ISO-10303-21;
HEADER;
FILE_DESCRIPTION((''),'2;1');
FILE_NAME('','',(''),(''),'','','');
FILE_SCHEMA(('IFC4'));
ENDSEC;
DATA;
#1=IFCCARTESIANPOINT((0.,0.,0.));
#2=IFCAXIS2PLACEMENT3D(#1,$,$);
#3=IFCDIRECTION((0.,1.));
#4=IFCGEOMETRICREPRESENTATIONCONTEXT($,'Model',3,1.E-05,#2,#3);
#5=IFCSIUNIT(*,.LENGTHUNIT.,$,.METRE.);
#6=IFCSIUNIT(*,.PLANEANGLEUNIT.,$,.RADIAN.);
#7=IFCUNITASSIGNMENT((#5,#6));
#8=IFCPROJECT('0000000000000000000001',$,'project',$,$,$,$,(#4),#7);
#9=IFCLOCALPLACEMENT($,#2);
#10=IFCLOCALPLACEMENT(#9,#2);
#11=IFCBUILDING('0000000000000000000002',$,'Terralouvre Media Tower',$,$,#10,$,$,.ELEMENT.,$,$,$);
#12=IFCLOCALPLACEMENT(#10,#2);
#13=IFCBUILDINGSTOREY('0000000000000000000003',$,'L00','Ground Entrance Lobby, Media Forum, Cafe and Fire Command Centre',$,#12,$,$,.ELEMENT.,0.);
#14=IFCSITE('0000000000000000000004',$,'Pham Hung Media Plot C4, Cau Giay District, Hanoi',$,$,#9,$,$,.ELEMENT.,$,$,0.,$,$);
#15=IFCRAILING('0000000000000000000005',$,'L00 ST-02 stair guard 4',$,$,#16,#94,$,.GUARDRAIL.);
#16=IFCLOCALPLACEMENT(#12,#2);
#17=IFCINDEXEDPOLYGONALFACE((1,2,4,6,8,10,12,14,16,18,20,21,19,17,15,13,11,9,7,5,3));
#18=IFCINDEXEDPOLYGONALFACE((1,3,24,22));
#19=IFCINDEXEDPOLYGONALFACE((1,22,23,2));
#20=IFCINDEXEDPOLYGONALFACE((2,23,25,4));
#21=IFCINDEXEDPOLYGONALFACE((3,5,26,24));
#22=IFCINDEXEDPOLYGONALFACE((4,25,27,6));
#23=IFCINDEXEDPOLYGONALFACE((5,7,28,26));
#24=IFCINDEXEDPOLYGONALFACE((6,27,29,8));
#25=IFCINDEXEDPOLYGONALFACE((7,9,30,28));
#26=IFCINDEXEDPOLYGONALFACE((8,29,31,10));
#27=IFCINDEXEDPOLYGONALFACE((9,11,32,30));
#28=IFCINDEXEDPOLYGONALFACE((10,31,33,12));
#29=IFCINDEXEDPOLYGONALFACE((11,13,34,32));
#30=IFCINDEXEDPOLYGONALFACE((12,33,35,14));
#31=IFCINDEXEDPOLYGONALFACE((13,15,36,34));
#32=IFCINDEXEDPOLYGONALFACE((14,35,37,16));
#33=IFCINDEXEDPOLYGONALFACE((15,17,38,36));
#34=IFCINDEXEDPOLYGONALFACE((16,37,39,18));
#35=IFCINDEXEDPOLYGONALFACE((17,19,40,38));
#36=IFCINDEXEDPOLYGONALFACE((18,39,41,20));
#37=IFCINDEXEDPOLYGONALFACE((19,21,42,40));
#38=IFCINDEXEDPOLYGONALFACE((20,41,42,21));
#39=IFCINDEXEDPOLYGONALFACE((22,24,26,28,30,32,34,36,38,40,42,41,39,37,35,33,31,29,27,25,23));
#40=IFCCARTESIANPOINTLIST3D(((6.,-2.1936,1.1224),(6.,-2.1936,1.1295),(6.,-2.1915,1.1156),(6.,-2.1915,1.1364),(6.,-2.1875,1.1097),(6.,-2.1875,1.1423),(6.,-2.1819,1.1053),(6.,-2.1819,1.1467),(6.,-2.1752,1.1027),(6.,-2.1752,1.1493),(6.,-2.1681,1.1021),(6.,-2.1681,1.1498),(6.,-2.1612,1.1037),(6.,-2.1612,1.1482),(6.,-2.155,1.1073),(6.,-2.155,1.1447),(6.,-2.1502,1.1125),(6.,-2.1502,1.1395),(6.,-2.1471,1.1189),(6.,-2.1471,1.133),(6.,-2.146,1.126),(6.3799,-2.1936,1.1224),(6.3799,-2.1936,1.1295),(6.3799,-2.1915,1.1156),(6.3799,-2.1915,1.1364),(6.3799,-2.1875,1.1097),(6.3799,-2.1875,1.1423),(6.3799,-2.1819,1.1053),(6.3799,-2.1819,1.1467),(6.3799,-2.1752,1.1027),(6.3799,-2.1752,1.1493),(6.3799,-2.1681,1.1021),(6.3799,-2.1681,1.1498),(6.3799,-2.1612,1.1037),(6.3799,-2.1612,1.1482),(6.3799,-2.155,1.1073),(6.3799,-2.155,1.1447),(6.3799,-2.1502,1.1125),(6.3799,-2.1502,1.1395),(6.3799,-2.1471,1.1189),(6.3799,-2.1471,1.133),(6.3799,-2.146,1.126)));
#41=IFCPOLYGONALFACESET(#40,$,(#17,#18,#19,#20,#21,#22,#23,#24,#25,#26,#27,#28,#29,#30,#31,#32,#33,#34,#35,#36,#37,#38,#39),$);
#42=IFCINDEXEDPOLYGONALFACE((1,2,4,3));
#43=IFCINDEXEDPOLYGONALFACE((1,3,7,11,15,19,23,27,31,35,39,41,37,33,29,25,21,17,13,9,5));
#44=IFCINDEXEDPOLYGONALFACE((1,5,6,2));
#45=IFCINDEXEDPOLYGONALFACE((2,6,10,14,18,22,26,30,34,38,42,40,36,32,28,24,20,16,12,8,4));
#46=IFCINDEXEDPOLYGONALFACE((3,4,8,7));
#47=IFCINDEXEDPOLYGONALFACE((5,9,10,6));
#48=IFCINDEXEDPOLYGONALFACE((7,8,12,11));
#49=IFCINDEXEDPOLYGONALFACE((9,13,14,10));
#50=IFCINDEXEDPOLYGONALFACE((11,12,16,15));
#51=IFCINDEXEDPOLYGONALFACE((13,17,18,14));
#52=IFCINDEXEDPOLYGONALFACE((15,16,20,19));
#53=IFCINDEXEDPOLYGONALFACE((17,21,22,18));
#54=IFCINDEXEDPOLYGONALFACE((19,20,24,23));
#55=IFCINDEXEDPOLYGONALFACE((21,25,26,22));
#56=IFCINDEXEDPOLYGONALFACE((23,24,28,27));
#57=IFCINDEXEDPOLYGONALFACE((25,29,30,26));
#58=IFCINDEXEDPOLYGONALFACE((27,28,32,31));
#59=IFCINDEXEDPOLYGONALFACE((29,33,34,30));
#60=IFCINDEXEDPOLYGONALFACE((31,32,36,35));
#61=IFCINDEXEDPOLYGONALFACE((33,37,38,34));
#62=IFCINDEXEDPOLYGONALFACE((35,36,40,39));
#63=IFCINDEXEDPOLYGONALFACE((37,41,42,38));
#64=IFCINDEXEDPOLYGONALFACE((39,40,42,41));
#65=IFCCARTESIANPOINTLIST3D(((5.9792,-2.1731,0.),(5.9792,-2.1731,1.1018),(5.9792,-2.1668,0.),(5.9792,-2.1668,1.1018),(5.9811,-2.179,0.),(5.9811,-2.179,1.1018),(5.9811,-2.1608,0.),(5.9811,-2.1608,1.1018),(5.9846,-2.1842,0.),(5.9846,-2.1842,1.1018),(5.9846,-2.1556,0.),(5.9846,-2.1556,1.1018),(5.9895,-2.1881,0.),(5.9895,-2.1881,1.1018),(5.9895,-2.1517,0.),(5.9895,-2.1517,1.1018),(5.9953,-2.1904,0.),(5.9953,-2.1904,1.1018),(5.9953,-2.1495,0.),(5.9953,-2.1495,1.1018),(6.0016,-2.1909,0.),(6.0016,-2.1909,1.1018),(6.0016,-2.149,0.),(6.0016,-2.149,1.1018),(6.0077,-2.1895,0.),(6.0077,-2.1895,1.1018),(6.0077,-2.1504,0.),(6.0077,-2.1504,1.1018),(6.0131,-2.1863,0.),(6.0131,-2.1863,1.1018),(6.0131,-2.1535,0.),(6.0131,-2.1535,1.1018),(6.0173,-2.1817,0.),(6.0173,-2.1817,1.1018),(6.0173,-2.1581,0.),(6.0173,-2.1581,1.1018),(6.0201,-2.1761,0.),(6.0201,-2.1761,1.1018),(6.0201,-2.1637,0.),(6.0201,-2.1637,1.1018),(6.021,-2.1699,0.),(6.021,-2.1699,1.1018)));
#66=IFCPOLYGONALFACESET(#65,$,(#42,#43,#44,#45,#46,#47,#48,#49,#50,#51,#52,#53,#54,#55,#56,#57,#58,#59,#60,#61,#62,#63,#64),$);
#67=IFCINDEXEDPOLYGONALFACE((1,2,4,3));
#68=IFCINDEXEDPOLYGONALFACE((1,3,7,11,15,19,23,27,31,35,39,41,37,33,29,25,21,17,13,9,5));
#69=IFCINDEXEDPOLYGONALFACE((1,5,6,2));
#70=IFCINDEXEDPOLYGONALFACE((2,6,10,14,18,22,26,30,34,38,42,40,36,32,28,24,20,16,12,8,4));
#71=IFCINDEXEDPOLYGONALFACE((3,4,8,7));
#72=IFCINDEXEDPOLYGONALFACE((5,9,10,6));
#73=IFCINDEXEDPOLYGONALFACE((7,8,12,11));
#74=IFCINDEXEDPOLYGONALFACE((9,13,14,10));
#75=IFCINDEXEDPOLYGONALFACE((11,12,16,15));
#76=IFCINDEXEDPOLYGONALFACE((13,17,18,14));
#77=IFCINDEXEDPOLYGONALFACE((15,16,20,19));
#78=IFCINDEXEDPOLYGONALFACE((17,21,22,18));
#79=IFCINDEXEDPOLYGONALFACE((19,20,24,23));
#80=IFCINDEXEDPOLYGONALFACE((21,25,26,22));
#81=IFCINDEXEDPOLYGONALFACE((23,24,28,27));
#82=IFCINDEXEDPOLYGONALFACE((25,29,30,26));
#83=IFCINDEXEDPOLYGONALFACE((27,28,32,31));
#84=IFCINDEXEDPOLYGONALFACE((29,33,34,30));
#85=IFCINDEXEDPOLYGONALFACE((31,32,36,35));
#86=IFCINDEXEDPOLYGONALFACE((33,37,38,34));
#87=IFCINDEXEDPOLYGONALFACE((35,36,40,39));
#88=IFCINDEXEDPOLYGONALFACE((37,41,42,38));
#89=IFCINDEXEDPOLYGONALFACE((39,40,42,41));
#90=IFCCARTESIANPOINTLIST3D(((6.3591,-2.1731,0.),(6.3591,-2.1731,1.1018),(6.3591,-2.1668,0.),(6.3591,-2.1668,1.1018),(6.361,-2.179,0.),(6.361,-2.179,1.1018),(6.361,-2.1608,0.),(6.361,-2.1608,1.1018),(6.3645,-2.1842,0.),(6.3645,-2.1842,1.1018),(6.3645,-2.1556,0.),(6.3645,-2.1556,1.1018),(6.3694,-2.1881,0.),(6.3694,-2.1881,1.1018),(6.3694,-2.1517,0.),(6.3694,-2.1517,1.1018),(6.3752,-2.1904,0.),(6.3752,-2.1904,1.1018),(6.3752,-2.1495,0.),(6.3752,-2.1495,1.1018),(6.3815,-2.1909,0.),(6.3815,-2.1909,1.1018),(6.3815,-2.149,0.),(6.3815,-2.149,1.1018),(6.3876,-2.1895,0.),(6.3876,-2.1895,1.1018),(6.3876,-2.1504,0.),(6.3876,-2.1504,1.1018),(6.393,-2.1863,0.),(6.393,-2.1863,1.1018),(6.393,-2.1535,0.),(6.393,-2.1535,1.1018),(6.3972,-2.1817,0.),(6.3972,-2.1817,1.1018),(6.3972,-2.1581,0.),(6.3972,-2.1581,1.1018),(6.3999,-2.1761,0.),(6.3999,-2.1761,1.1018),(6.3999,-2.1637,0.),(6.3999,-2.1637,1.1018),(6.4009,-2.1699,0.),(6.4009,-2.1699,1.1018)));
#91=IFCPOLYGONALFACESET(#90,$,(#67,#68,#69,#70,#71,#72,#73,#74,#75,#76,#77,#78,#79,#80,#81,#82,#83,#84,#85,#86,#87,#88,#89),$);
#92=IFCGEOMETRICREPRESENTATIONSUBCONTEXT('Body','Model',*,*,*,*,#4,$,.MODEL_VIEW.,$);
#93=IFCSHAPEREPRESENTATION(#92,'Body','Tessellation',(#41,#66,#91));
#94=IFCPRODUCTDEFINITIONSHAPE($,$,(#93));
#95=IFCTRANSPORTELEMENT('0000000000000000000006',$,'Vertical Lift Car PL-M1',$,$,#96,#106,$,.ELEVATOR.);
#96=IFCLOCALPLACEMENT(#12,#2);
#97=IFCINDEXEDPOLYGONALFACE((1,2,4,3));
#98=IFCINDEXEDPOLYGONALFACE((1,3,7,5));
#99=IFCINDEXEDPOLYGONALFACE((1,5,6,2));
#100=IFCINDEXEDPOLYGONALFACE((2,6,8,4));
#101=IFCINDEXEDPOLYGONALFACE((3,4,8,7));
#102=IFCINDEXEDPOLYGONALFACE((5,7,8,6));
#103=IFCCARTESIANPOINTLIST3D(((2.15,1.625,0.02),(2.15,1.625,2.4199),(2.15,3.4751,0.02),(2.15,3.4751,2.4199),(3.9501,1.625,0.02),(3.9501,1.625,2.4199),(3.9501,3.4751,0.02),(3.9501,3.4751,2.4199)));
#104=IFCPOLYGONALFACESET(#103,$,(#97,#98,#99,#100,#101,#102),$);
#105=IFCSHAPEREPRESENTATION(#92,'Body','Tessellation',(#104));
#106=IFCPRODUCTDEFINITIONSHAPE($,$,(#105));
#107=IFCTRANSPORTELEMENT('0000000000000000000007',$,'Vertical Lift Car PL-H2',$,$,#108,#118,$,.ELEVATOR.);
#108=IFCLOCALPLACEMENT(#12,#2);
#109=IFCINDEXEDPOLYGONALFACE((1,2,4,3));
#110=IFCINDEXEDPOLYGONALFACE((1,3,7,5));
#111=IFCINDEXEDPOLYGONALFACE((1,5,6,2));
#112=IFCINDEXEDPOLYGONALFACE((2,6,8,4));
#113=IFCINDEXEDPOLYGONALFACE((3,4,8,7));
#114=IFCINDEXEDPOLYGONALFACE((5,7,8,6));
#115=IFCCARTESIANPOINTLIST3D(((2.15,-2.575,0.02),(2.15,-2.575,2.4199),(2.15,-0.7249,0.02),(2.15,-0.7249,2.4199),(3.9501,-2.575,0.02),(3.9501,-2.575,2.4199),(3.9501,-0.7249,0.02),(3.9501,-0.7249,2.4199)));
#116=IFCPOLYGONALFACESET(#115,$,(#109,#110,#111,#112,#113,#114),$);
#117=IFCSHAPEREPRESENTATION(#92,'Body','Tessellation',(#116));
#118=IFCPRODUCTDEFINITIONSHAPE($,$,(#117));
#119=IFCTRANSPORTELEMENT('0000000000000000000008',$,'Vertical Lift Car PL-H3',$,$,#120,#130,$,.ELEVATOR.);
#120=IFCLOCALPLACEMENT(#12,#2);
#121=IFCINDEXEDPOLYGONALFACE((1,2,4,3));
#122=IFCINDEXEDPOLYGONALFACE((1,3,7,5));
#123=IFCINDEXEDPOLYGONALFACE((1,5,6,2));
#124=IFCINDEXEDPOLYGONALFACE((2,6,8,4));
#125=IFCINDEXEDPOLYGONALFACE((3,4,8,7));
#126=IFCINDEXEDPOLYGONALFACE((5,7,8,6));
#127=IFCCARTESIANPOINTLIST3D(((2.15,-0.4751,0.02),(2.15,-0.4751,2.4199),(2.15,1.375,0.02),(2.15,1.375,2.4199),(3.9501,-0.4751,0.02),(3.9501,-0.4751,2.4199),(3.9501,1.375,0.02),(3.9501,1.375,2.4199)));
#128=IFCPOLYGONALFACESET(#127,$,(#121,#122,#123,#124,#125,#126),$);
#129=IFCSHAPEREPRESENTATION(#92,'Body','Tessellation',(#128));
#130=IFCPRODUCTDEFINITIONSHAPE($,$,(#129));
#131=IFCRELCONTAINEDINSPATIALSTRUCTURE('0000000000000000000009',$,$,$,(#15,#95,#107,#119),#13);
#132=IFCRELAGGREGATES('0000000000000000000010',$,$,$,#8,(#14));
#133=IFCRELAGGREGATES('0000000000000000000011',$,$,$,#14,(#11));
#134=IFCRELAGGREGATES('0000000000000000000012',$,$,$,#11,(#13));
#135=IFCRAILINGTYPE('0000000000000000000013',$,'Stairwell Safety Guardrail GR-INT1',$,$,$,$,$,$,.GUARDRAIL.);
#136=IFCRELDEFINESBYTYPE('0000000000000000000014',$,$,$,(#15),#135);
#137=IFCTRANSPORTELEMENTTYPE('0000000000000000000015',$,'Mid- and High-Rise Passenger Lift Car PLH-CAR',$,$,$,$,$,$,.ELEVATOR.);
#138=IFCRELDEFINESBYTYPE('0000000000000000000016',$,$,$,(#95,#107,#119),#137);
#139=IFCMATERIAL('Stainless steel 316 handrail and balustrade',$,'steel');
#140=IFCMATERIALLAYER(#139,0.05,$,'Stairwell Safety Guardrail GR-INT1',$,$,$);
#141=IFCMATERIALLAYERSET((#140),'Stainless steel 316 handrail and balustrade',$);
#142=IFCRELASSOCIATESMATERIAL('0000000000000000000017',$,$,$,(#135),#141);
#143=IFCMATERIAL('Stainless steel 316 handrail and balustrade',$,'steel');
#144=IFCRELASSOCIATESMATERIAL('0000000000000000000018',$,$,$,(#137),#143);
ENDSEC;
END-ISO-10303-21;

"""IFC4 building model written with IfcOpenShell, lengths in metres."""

from ifc_helpers import new_model, si_unit, direction, frame, origin, origin_2d, place, context, subcontext, project, spatial, rectangle, circle, extrude, material, layer, layer_set, type_object, element, save


model = new_model("IFC4")

# Units and contexts
model_context = context("Model", 3, precision=1e-05, world=origin(), true_north=direction((0.0, 1.0)))
body_context = subcontext(model_context, "Body", "Model", "MODEL_VIEW")
ifc_project = project(units=[si_unit("LENGTHUNIT", "METRE"), si_unit("PLANEANGLEUNIT", "RADIAN")], contexts=[model_context])

# Site, building, storey
site_placement = place(None, origin())
site = spatial("IfcSite", under=ifc_project, at=site_placement, Name="Pham Hung Media Plot C4, Cau Giay District, Hanoi", CompositionType="ELEMENT", RefElevation=0.0)
building_placement = place(site_placement, origin())
building = spatial("IfcBuilding", under=site, at=building_placement, Name="Terralouvre Media Tower", CompositionType="ELEMENT")
storey_placement = place(building_placement, origin())
storey = spatial("IfcBuildingStorey", under=building, at=storey_placement, Name="L00", Description="Ground Entrance Lobby, Media Forum, Cafe and Fire Command Centre", CompositionType="ELEMENT", Elevation=0.0)

# Railing
ifc_material_1 = material(Name="Stainless steel 316 handrail and balustrade", Category="steel")
ifc_layer_1 = layer(ifc_material_1, 0.05, Name="Stairwell Safety Guardrail GR-INT1")
ifc_layer_set_1 = layer_set([ifc_layer_1], Name="Stainless steel 316 handrail and balustrade")
railing_type = type_object("IfcRailingType", Name="Stairwell Safety Guardrail GR-INT1", PredefinedType="GUARDRAIL", material=ifc_layer_set_1)
railing_1_placement = place(storey_placement, frame((6.0, -2.1699, 0.0)))
element("IfcRailing", 1, at=railing_1_placement, inside=storey, type_object=railing_type, Name="L00 ST-02 stair guard 4", PredefinedType="GUARDRAIL", context=body_context, shape_type="SweptSolid", body=[
    extrude(circle(Radius=0.0239, at=origin_2d()), frame((0.0, 0.0, 1.126), z_axis=(1.0, 0.0, 0.0), x_axis=(0.0, 1.0, 0.0)), (0.0, 0.0, 1.0), 0.3799),
    extrude(circle(Radius=0.021, at=origin_2d()), origin(), (0.0, 0.0, 1.0), 1.1018),
    extrude(circle(Radius=0.021, at=origin_2d()), frame((0.3799, 0.0, 0.0)), (0.0, 0.0, 1.0), 1.1018),
])

# Transport elements
ifc_material_2 = material(Name="Stainless steel 316 handrail and balustrade", Category="steel")
transport_element_type = type_object("IfcTransportElementType", Name="Mid- and High-Rise Passenger Lift Car PLH-CAR", PredefinedType="ELEVATOR", material=ifc_material_2)
for number, where, z_axis, x_axis, name in (
    (2, (3.05, 2.55, 0.02), (0.0, 0.0, 1.0), (1.0, 0.0, 0.0), "Vertical Lift Car PL-M1"),
    (3, (3.05, -1.6499, 0.02), (0.0, 0.0, 1.0), (1.0, 0.0, 0.0), "Vertical Lift Car PL-H2"),
    (4, (3.05, 0.45, 0.02), (0.0, 0.0, 1.0), (1.0, 0.0, 0.0), "Vertical Lift Car PL-H3"),
):
    element("IfcTransportElement", number, at=place(storey_placement, frame(where, z_axis=z_axis, x_axis=x_axis)), inside=storey, type_object=transport_element_type, Name=name, PredefinedType="ELEVATOR", context=body_context, shape_type="SweptSolid", body=[
        extrude(rectangle(XDim=1.8, YDim=1.8501, at=origin_2d()), origin(), (0.0, 0.0, 1.0), 2.3999),
    ])

save(model, "model.ifc")
